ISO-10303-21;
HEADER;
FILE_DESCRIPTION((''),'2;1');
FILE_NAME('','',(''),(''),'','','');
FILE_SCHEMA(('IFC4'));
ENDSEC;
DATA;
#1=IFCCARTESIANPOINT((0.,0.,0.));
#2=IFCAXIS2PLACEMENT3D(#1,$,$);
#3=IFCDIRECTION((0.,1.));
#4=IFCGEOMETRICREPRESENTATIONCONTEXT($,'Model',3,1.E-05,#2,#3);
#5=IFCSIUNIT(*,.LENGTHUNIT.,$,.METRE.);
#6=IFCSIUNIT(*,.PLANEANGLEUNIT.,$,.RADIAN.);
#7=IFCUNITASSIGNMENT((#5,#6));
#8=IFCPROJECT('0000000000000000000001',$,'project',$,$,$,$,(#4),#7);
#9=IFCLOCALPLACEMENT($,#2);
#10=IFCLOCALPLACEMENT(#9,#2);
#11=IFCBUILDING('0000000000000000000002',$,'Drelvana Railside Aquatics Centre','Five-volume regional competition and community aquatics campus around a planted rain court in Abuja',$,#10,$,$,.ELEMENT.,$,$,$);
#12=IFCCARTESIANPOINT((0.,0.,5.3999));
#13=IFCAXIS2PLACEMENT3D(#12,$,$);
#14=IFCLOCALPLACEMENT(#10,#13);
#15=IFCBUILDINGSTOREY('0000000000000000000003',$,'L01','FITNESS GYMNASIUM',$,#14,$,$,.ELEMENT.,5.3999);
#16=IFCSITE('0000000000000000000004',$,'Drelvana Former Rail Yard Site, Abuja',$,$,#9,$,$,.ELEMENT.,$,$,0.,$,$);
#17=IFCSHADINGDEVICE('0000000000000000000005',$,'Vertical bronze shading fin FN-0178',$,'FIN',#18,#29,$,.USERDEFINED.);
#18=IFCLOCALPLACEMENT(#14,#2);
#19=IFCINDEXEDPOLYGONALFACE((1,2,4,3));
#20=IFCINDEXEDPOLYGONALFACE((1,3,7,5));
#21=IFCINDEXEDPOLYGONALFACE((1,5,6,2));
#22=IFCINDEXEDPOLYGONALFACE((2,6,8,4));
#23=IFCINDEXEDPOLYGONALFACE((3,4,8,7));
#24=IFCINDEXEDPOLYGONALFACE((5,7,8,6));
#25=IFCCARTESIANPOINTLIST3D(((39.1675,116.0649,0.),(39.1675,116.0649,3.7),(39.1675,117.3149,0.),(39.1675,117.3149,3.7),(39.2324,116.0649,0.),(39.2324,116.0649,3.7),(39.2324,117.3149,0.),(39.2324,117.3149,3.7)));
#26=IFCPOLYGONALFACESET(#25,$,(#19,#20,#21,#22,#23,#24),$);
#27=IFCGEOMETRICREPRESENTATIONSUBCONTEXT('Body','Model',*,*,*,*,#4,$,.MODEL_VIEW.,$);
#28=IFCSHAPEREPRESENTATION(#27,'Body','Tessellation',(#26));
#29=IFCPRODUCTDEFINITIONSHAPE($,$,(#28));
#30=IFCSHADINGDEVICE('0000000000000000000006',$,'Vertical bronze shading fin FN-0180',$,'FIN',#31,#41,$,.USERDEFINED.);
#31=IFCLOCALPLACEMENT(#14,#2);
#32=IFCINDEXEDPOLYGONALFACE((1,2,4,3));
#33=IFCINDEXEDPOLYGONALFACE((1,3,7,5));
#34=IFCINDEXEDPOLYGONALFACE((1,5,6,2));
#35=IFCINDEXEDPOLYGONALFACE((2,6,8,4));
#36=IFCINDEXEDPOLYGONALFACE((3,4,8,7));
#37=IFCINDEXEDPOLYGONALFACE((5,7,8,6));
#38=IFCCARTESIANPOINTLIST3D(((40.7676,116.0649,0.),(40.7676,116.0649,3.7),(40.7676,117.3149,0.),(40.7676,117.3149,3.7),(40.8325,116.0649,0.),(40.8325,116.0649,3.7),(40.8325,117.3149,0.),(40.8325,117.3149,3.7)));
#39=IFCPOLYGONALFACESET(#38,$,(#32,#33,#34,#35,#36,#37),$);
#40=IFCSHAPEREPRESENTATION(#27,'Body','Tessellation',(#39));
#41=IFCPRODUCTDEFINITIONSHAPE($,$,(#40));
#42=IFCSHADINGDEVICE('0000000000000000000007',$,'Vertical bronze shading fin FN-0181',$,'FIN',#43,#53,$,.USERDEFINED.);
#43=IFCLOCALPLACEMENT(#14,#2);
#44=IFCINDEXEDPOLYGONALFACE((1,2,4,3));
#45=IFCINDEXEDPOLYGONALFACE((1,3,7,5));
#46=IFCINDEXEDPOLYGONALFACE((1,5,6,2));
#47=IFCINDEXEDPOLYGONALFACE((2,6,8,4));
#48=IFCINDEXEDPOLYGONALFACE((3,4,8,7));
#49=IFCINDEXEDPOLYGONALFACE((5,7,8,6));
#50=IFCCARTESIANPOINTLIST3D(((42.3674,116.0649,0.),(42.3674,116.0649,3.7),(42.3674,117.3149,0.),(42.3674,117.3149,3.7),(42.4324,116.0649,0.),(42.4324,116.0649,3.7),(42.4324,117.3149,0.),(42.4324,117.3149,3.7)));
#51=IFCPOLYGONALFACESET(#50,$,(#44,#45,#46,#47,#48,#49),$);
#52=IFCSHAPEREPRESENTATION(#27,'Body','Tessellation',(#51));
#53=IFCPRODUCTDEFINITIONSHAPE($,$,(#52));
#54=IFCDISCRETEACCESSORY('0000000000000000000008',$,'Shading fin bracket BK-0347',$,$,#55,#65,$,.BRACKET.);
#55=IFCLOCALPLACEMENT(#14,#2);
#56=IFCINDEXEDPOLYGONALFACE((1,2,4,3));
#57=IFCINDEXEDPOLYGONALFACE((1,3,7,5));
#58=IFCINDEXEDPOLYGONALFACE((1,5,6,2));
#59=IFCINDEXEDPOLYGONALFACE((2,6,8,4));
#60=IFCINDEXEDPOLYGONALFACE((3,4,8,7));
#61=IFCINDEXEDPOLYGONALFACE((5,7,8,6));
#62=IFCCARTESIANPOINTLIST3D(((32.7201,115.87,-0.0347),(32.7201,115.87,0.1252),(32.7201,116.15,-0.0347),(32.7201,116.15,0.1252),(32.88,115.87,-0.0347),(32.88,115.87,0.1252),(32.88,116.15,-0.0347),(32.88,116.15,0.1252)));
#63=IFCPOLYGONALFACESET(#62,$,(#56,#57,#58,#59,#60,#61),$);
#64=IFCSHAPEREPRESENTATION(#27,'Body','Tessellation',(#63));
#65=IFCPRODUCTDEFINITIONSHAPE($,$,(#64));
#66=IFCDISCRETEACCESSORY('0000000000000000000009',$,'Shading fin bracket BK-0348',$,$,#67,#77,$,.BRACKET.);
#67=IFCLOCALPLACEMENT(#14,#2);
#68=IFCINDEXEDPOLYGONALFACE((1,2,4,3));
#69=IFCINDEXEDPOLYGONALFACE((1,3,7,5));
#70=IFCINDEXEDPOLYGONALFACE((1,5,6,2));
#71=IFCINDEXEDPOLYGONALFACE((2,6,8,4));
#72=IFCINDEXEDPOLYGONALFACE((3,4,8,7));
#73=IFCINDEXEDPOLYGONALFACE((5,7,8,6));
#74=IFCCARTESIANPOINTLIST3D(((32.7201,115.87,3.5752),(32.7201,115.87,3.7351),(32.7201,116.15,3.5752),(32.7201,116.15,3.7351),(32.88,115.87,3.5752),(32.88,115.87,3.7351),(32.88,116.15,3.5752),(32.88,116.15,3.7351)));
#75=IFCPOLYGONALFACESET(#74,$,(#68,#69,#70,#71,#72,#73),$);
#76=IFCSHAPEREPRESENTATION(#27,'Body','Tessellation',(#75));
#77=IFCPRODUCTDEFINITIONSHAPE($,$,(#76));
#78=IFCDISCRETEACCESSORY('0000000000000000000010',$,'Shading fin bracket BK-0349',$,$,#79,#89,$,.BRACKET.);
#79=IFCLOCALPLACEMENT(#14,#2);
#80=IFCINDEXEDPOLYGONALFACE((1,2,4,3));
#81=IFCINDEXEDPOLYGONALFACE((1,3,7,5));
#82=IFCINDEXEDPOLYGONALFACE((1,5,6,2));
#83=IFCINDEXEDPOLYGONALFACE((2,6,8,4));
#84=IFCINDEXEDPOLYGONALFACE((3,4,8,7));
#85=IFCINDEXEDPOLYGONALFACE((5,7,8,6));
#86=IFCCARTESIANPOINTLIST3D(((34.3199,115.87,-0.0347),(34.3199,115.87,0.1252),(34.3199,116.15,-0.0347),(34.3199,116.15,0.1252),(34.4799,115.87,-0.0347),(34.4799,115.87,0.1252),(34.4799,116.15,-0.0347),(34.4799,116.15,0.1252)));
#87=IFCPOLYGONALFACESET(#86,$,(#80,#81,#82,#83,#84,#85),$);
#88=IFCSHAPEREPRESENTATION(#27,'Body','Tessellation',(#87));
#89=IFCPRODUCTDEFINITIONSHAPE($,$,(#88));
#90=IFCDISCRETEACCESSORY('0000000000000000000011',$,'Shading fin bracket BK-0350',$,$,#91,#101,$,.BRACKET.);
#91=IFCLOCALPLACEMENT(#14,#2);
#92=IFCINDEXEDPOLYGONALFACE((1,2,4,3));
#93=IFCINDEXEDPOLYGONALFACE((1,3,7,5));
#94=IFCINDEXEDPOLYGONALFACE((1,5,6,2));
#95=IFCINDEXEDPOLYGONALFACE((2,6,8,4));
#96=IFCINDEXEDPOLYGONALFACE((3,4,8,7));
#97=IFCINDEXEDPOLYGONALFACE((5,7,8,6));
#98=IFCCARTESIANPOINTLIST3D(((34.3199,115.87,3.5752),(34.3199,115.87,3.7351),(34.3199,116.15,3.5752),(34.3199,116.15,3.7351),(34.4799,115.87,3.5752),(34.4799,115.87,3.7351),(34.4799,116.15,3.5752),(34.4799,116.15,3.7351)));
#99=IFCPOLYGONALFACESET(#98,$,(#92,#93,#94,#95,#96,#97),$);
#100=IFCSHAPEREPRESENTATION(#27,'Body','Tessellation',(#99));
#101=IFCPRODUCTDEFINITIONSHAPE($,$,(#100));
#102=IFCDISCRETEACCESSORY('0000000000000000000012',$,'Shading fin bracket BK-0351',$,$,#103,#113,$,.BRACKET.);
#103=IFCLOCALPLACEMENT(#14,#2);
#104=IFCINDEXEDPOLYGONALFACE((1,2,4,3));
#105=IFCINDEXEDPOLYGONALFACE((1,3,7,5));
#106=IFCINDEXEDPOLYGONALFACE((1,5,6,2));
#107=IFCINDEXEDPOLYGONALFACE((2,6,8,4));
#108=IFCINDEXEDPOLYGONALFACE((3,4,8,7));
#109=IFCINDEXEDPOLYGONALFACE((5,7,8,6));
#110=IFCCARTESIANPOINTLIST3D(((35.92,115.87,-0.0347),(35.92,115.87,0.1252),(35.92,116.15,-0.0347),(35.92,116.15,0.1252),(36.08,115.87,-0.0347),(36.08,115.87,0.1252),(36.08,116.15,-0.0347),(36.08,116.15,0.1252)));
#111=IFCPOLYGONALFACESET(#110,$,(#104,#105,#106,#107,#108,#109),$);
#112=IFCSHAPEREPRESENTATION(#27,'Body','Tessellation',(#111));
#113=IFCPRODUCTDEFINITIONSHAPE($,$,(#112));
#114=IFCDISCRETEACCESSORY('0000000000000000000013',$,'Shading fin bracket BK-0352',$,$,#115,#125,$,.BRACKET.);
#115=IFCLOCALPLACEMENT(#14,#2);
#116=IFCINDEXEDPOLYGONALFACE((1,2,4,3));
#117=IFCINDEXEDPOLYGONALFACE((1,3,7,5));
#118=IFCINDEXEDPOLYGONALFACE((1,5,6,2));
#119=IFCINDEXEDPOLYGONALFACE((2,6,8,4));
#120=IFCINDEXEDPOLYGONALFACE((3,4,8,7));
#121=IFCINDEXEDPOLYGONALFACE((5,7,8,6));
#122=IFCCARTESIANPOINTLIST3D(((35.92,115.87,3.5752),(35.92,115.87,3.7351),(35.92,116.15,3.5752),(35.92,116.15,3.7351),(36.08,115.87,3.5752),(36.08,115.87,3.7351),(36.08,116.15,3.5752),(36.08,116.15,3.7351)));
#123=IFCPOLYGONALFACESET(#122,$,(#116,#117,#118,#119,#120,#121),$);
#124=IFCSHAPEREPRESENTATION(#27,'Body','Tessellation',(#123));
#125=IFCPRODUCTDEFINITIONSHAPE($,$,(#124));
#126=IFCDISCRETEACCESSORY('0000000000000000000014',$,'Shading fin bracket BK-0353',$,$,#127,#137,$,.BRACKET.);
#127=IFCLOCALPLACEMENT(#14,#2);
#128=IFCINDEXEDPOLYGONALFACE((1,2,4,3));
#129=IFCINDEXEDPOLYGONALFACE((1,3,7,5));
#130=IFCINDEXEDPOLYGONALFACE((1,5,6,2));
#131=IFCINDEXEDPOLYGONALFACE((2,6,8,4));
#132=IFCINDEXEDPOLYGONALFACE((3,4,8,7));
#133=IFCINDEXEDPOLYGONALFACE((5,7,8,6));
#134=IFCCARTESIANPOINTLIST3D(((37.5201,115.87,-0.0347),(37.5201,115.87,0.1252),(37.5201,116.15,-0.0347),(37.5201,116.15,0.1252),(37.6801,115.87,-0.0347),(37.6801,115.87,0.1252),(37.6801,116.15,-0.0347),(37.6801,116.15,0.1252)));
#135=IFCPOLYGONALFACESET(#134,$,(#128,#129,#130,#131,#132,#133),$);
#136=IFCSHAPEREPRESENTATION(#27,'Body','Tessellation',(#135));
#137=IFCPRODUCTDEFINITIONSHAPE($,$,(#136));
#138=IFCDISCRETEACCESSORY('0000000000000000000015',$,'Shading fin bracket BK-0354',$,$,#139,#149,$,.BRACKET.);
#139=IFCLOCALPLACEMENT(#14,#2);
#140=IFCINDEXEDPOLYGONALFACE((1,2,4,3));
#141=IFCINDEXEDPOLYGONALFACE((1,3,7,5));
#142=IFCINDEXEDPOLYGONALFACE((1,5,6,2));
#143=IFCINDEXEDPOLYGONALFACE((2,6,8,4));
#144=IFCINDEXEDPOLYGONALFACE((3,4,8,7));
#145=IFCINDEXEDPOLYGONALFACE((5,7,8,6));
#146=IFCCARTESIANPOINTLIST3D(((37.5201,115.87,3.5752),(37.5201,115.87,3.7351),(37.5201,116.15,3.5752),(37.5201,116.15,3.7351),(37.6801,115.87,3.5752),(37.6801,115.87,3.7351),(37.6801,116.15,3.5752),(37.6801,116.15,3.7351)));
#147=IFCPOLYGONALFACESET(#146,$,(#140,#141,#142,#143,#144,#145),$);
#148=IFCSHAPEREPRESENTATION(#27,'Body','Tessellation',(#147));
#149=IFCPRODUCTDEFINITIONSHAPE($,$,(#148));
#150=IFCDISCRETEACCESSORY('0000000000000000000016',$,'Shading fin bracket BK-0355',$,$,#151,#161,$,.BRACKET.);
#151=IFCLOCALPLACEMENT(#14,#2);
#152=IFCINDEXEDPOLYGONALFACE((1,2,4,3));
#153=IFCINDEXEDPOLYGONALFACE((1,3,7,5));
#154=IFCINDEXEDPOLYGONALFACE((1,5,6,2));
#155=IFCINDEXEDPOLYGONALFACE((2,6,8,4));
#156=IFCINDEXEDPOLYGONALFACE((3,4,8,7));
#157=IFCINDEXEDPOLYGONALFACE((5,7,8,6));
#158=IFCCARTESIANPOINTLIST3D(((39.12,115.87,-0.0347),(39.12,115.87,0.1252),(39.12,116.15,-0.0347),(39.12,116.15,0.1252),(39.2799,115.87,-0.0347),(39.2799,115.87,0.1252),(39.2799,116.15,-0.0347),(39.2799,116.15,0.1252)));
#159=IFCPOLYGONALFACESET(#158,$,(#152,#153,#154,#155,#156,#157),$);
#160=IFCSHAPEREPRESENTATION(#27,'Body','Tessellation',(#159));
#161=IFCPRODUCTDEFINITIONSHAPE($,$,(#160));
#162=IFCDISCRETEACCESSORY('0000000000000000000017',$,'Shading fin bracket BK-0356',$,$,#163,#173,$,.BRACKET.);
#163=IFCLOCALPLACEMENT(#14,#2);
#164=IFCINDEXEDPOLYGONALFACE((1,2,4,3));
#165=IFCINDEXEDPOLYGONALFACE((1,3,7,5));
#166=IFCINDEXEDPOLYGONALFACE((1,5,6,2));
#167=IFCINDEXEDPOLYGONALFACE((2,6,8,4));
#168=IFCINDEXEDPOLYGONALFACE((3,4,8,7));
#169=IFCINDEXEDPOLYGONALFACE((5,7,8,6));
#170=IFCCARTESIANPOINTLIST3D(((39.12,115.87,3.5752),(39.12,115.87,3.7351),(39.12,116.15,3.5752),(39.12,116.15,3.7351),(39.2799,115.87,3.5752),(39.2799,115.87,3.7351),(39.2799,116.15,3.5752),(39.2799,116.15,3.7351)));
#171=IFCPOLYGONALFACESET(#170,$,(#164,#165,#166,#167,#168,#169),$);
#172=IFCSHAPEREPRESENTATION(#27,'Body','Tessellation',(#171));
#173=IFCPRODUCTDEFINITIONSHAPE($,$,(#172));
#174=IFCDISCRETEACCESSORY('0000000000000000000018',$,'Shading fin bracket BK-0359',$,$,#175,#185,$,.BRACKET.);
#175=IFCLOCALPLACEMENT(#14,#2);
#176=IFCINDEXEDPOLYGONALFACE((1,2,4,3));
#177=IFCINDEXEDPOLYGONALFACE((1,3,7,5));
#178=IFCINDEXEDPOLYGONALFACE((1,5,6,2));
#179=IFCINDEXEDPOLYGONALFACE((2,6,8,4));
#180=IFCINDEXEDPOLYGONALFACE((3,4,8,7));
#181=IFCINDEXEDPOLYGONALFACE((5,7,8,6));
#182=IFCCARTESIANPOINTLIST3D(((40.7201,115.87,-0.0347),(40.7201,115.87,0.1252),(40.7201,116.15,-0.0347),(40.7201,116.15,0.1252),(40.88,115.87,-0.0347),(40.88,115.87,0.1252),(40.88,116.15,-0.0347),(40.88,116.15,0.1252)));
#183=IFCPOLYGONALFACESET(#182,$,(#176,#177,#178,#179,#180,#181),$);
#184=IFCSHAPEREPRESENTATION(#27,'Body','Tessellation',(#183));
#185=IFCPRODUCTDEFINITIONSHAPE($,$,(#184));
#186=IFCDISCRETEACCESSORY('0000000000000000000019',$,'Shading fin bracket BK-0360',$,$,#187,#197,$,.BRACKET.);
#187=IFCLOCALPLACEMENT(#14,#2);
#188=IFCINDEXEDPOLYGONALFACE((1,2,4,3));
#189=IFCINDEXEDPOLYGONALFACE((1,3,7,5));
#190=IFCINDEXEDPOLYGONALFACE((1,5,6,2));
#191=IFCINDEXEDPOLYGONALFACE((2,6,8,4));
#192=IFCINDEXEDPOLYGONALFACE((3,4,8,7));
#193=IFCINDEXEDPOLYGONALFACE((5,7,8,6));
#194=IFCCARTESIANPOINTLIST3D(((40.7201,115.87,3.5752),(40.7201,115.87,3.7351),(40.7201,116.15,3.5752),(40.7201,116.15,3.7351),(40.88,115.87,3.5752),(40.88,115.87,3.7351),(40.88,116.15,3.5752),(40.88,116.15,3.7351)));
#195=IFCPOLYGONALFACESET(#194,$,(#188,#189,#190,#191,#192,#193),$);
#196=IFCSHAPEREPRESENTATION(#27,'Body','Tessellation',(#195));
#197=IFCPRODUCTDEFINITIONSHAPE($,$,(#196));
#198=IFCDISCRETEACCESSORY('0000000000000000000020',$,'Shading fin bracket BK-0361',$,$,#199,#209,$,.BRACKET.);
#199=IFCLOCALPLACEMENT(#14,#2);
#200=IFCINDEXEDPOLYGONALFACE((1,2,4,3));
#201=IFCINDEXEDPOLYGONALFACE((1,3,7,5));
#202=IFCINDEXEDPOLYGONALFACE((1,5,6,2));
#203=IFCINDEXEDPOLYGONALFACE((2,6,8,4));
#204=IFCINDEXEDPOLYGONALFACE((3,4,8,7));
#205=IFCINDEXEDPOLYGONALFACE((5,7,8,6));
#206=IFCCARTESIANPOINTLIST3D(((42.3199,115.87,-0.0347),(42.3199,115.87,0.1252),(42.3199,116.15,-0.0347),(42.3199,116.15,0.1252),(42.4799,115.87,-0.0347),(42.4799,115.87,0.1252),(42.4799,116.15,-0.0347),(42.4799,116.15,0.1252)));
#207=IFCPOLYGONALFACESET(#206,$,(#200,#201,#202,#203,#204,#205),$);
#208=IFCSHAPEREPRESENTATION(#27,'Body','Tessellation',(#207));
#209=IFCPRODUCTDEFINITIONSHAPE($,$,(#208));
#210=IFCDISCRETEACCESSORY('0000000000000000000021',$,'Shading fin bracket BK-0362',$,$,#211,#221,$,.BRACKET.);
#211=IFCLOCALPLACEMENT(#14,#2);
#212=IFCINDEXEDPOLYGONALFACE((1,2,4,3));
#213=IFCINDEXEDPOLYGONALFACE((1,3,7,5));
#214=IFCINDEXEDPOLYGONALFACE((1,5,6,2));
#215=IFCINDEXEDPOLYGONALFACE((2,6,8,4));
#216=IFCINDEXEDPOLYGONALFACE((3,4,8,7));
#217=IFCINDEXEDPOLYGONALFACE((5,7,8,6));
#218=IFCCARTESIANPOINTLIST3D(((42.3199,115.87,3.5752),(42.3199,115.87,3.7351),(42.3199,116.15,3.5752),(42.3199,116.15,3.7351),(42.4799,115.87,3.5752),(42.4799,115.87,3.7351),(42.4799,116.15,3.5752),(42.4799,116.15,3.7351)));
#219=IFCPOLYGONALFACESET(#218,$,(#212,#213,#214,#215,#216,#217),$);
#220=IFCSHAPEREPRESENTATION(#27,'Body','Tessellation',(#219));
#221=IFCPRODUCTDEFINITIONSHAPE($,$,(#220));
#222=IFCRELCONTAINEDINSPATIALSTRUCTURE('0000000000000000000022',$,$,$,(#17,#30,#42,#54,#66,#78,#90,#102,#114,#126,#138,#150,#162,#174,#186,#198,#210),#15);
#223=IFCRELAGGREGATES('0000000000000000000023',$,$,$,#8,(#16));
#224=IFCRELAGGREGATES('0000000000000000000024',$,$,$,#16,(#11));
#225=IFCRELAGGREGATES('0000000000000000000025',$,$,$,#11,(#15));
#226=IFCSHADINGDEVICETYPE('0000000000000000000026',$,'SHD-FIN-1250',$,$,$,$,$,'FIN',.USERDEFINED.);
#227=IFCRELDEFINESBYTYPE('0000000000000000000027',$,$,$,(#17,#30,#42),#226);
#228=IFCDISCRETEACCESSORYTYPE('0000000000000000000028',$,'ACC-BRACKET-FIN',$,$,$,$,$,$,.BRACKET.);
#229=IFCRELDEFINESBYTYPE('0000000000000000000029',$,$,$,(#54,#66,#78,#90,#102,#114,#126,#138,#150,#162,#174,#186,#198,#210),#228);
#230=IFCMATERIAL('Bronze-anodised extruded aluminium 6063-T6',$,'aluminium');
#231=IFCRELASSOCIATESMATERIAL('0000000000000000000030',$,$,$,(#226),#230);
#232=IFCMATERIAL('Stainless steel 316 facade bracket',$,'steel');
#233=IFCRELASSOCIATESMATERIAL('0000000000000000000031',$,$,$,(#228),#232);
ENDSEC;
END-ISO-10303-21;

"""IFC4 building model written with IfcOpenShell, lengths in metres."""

from ifc_helpers import new_model, si_unit, direction, frame, origin, origin_2d, place, context, subcontext, project, spatial, rectangle, extrude, material, type_object, element, save


model = new_model("IFC4")

# Units and contexts
model_context = context("Model", 3, precision=1e-05, world=origin(), true_north=direction((0.0, 1.0)))
body_context = subcontext(model_context, "Body", "Model", "MODEL_VIEW")
ifc_project = project(units=[si_unit("LENGTHUNIT", "METRE"), si_unit("PLANEANGLEUNIT", "RADIAN")], contexts=[model_context])

# Site, building, storey
site_placement = place(None, origin())
site = spatial("IfcSite", under=ifc_project, at=site_placement, Name="Drelvana Former Rail Yard Site, Abuja", CompositionType="ELEMENT", RefElevation=0.0)
building_placement = place(site_placement, origin())
building = spatial("IfcBuilding", under=site, at=building_placement, Name="Drelvana Railside Aquatics Centre", Description="Five-volume regional competition and community aquatics campus around a planted rain court in Abuja", CompositionType="ELEMENT")
storey_placement = place(building_placement, frame((0.0, 0.0, 5.3999)))
storey = spatial("IfcBuildingStorey", under=building, at=storey_placement, Name="L01", Description="FITNESS GYMNASIUM", CompositionType="ELEMENT", Elevation=5.3999)

# Shared definitions
ifc_material_1 = material(Name="Bronze-anodised extruded aluminium 6063-T6", Category="aluminium")

# Shading devices
shading_device_type = type_object("IfcShadingDeviceType", Name="SHD-FIN-1250", ElementType="FIN", PredefinedType="USERDEFINED", material=ifc_material_1)
for number, where, z_axis, x_axis, name in (
    (1, (39.2, 116.6899, 0.0), (0.0, 0.0, 1.0), (0.0, 1.0, 0.0), "Vertical bronze shading fin FN-0178"),
    (2, (40.8, 116.6899, 0.0), (0.0, 0.0, 1.0), (0.0, 1.0, 0.0), "Vertical bronze shading fin FN-0180"),
    (3, (42.3999, 116.6899, 0.0), (0.0, 0.0, 1.0), (0.0, 1.0, 0.0), "Vertical bronze shading fin FN-0181"),
):
    element("IfcShadingDevice", number, at=place(storey_placement, frame(where, z_axis=z_axis, x_axis=x_axis)), inside=storey, type_object=shading_device_type, Name=name, ObjectType="FIN", PredefinedType="USERDEFINED", context=body_context, shape_type="SweptSolid", body=[
        extrude(rectangle(XDim=1.25, YDim=0.0649, at=origin_2d()), origin(), (0.0, 0.0, 1.0), 3.7),
    ])

# Discrete accessories
ifc_material_2 = material(Name="Stainless steel 316 facade bracket", Category="steel")
discrete_accessory_type = type_object("IfcDiscreteAccessoryType", Name="ACC-BRACKET-FIN", PredefinedType="BRACKET", material=ifc_material_2)
for number, where, z_axis, x_axis, name in (
    (4, (32.8, 116.01, -0.0347), (0.0, 0.0, 1.0), (0.0, 1.0, 0.0), "Shading fin bracket BK-0347"),
    (5, (32.8, 116.01, 3.5752), (0.0, 0.0, 1.0), (0.0, 1.0, 0.0), "Shading fin bracket BK-0348"),
    (6, (34.3999, 116.01, -0.0347), (0.0, 0.0, 1.0), (0.0, 1.0, 0.0), "Shading fin bracket BK-0349"),
    (7, (34.3999, 116.01, 3.5752), (0.0, 0.0, 1.0), (0.0, 1.0, 0.0), "Shading fin bracket BK-0350"),
    (8, (36.0, 116.01, -0.0347), (0.0, 0.0, 1.0), (0.0, 1.0, 0.0), "Shading fin bracket BK-0351"),
    (9, (36.0, 116.01, 3.5752), (0.0, 0.0, 1.0), (0.0, 1.0, 0.0), "Shading fin bracket BK-0352"),
    (10, (37.6001, 116.01, -0.0347), (0.0, 0.0, 1.0), (0.0, 1.0, 0.0), "Shading fin bracket BK-0353"),
    (11, (37.6001, 116.01, 3.5752), (0.0, 0.0, 1.0), (0.0, 1.0, 0.0), "Shading fin bracket BK-0354"),
    (12, (39.2, 116.01, -0.0347), (0.0, 0.0, 1.0), (0.0, 1.0, 0.0), "Shading fin bracket BK-0355"),
    (13, (39.2, 116.01, 3.5752), (0.0, 0.0, 1.0), (0.0, 1.0, 0.0), "Shading fin bracket BK-0356"),
    (14, (40.8, 116.01, -0.0347), (0.0, 0.0, 1.0), (0.0, 1.0, 0.0), "Shading fin bracket BK-0359"),
    (15, (40.8, 116.01, 3.5752), (0.0, 0.0, 1.0), (0.0, 1.0, 0.0), "Shading fin bracket BK-0360"),
    (16, (42.3999, 116.01, -0.0347), (0.0, 0.0, 1.0), (0.0, 1.0, 0.0), "Shading fin bracket BK-0361"),
    (17, (42.3999, 116.01, 3.5752), (0.0, 0.0, 1.0), (0.0, 1.0, 0.0), "Shading fin bracket BK-0362"),
):
    element("IfcDiscreteAccessory", number, at=place(storey_placement, frame(where, z_axis=z_axis, x_axis=x_axis)), inside=storey, type_object=discrete_accessory_type, Name=name, PredefinedType="BRACKET", context=body_context, shape_type="SweptSolid", body=[
        extrude(rectangle(XDim=0.28, YDim=0.1599, at=origin_2d()), origin(), (0.0, 0.0, 1.0), 0.1599),
    ])

save(model, "model.ifc")
